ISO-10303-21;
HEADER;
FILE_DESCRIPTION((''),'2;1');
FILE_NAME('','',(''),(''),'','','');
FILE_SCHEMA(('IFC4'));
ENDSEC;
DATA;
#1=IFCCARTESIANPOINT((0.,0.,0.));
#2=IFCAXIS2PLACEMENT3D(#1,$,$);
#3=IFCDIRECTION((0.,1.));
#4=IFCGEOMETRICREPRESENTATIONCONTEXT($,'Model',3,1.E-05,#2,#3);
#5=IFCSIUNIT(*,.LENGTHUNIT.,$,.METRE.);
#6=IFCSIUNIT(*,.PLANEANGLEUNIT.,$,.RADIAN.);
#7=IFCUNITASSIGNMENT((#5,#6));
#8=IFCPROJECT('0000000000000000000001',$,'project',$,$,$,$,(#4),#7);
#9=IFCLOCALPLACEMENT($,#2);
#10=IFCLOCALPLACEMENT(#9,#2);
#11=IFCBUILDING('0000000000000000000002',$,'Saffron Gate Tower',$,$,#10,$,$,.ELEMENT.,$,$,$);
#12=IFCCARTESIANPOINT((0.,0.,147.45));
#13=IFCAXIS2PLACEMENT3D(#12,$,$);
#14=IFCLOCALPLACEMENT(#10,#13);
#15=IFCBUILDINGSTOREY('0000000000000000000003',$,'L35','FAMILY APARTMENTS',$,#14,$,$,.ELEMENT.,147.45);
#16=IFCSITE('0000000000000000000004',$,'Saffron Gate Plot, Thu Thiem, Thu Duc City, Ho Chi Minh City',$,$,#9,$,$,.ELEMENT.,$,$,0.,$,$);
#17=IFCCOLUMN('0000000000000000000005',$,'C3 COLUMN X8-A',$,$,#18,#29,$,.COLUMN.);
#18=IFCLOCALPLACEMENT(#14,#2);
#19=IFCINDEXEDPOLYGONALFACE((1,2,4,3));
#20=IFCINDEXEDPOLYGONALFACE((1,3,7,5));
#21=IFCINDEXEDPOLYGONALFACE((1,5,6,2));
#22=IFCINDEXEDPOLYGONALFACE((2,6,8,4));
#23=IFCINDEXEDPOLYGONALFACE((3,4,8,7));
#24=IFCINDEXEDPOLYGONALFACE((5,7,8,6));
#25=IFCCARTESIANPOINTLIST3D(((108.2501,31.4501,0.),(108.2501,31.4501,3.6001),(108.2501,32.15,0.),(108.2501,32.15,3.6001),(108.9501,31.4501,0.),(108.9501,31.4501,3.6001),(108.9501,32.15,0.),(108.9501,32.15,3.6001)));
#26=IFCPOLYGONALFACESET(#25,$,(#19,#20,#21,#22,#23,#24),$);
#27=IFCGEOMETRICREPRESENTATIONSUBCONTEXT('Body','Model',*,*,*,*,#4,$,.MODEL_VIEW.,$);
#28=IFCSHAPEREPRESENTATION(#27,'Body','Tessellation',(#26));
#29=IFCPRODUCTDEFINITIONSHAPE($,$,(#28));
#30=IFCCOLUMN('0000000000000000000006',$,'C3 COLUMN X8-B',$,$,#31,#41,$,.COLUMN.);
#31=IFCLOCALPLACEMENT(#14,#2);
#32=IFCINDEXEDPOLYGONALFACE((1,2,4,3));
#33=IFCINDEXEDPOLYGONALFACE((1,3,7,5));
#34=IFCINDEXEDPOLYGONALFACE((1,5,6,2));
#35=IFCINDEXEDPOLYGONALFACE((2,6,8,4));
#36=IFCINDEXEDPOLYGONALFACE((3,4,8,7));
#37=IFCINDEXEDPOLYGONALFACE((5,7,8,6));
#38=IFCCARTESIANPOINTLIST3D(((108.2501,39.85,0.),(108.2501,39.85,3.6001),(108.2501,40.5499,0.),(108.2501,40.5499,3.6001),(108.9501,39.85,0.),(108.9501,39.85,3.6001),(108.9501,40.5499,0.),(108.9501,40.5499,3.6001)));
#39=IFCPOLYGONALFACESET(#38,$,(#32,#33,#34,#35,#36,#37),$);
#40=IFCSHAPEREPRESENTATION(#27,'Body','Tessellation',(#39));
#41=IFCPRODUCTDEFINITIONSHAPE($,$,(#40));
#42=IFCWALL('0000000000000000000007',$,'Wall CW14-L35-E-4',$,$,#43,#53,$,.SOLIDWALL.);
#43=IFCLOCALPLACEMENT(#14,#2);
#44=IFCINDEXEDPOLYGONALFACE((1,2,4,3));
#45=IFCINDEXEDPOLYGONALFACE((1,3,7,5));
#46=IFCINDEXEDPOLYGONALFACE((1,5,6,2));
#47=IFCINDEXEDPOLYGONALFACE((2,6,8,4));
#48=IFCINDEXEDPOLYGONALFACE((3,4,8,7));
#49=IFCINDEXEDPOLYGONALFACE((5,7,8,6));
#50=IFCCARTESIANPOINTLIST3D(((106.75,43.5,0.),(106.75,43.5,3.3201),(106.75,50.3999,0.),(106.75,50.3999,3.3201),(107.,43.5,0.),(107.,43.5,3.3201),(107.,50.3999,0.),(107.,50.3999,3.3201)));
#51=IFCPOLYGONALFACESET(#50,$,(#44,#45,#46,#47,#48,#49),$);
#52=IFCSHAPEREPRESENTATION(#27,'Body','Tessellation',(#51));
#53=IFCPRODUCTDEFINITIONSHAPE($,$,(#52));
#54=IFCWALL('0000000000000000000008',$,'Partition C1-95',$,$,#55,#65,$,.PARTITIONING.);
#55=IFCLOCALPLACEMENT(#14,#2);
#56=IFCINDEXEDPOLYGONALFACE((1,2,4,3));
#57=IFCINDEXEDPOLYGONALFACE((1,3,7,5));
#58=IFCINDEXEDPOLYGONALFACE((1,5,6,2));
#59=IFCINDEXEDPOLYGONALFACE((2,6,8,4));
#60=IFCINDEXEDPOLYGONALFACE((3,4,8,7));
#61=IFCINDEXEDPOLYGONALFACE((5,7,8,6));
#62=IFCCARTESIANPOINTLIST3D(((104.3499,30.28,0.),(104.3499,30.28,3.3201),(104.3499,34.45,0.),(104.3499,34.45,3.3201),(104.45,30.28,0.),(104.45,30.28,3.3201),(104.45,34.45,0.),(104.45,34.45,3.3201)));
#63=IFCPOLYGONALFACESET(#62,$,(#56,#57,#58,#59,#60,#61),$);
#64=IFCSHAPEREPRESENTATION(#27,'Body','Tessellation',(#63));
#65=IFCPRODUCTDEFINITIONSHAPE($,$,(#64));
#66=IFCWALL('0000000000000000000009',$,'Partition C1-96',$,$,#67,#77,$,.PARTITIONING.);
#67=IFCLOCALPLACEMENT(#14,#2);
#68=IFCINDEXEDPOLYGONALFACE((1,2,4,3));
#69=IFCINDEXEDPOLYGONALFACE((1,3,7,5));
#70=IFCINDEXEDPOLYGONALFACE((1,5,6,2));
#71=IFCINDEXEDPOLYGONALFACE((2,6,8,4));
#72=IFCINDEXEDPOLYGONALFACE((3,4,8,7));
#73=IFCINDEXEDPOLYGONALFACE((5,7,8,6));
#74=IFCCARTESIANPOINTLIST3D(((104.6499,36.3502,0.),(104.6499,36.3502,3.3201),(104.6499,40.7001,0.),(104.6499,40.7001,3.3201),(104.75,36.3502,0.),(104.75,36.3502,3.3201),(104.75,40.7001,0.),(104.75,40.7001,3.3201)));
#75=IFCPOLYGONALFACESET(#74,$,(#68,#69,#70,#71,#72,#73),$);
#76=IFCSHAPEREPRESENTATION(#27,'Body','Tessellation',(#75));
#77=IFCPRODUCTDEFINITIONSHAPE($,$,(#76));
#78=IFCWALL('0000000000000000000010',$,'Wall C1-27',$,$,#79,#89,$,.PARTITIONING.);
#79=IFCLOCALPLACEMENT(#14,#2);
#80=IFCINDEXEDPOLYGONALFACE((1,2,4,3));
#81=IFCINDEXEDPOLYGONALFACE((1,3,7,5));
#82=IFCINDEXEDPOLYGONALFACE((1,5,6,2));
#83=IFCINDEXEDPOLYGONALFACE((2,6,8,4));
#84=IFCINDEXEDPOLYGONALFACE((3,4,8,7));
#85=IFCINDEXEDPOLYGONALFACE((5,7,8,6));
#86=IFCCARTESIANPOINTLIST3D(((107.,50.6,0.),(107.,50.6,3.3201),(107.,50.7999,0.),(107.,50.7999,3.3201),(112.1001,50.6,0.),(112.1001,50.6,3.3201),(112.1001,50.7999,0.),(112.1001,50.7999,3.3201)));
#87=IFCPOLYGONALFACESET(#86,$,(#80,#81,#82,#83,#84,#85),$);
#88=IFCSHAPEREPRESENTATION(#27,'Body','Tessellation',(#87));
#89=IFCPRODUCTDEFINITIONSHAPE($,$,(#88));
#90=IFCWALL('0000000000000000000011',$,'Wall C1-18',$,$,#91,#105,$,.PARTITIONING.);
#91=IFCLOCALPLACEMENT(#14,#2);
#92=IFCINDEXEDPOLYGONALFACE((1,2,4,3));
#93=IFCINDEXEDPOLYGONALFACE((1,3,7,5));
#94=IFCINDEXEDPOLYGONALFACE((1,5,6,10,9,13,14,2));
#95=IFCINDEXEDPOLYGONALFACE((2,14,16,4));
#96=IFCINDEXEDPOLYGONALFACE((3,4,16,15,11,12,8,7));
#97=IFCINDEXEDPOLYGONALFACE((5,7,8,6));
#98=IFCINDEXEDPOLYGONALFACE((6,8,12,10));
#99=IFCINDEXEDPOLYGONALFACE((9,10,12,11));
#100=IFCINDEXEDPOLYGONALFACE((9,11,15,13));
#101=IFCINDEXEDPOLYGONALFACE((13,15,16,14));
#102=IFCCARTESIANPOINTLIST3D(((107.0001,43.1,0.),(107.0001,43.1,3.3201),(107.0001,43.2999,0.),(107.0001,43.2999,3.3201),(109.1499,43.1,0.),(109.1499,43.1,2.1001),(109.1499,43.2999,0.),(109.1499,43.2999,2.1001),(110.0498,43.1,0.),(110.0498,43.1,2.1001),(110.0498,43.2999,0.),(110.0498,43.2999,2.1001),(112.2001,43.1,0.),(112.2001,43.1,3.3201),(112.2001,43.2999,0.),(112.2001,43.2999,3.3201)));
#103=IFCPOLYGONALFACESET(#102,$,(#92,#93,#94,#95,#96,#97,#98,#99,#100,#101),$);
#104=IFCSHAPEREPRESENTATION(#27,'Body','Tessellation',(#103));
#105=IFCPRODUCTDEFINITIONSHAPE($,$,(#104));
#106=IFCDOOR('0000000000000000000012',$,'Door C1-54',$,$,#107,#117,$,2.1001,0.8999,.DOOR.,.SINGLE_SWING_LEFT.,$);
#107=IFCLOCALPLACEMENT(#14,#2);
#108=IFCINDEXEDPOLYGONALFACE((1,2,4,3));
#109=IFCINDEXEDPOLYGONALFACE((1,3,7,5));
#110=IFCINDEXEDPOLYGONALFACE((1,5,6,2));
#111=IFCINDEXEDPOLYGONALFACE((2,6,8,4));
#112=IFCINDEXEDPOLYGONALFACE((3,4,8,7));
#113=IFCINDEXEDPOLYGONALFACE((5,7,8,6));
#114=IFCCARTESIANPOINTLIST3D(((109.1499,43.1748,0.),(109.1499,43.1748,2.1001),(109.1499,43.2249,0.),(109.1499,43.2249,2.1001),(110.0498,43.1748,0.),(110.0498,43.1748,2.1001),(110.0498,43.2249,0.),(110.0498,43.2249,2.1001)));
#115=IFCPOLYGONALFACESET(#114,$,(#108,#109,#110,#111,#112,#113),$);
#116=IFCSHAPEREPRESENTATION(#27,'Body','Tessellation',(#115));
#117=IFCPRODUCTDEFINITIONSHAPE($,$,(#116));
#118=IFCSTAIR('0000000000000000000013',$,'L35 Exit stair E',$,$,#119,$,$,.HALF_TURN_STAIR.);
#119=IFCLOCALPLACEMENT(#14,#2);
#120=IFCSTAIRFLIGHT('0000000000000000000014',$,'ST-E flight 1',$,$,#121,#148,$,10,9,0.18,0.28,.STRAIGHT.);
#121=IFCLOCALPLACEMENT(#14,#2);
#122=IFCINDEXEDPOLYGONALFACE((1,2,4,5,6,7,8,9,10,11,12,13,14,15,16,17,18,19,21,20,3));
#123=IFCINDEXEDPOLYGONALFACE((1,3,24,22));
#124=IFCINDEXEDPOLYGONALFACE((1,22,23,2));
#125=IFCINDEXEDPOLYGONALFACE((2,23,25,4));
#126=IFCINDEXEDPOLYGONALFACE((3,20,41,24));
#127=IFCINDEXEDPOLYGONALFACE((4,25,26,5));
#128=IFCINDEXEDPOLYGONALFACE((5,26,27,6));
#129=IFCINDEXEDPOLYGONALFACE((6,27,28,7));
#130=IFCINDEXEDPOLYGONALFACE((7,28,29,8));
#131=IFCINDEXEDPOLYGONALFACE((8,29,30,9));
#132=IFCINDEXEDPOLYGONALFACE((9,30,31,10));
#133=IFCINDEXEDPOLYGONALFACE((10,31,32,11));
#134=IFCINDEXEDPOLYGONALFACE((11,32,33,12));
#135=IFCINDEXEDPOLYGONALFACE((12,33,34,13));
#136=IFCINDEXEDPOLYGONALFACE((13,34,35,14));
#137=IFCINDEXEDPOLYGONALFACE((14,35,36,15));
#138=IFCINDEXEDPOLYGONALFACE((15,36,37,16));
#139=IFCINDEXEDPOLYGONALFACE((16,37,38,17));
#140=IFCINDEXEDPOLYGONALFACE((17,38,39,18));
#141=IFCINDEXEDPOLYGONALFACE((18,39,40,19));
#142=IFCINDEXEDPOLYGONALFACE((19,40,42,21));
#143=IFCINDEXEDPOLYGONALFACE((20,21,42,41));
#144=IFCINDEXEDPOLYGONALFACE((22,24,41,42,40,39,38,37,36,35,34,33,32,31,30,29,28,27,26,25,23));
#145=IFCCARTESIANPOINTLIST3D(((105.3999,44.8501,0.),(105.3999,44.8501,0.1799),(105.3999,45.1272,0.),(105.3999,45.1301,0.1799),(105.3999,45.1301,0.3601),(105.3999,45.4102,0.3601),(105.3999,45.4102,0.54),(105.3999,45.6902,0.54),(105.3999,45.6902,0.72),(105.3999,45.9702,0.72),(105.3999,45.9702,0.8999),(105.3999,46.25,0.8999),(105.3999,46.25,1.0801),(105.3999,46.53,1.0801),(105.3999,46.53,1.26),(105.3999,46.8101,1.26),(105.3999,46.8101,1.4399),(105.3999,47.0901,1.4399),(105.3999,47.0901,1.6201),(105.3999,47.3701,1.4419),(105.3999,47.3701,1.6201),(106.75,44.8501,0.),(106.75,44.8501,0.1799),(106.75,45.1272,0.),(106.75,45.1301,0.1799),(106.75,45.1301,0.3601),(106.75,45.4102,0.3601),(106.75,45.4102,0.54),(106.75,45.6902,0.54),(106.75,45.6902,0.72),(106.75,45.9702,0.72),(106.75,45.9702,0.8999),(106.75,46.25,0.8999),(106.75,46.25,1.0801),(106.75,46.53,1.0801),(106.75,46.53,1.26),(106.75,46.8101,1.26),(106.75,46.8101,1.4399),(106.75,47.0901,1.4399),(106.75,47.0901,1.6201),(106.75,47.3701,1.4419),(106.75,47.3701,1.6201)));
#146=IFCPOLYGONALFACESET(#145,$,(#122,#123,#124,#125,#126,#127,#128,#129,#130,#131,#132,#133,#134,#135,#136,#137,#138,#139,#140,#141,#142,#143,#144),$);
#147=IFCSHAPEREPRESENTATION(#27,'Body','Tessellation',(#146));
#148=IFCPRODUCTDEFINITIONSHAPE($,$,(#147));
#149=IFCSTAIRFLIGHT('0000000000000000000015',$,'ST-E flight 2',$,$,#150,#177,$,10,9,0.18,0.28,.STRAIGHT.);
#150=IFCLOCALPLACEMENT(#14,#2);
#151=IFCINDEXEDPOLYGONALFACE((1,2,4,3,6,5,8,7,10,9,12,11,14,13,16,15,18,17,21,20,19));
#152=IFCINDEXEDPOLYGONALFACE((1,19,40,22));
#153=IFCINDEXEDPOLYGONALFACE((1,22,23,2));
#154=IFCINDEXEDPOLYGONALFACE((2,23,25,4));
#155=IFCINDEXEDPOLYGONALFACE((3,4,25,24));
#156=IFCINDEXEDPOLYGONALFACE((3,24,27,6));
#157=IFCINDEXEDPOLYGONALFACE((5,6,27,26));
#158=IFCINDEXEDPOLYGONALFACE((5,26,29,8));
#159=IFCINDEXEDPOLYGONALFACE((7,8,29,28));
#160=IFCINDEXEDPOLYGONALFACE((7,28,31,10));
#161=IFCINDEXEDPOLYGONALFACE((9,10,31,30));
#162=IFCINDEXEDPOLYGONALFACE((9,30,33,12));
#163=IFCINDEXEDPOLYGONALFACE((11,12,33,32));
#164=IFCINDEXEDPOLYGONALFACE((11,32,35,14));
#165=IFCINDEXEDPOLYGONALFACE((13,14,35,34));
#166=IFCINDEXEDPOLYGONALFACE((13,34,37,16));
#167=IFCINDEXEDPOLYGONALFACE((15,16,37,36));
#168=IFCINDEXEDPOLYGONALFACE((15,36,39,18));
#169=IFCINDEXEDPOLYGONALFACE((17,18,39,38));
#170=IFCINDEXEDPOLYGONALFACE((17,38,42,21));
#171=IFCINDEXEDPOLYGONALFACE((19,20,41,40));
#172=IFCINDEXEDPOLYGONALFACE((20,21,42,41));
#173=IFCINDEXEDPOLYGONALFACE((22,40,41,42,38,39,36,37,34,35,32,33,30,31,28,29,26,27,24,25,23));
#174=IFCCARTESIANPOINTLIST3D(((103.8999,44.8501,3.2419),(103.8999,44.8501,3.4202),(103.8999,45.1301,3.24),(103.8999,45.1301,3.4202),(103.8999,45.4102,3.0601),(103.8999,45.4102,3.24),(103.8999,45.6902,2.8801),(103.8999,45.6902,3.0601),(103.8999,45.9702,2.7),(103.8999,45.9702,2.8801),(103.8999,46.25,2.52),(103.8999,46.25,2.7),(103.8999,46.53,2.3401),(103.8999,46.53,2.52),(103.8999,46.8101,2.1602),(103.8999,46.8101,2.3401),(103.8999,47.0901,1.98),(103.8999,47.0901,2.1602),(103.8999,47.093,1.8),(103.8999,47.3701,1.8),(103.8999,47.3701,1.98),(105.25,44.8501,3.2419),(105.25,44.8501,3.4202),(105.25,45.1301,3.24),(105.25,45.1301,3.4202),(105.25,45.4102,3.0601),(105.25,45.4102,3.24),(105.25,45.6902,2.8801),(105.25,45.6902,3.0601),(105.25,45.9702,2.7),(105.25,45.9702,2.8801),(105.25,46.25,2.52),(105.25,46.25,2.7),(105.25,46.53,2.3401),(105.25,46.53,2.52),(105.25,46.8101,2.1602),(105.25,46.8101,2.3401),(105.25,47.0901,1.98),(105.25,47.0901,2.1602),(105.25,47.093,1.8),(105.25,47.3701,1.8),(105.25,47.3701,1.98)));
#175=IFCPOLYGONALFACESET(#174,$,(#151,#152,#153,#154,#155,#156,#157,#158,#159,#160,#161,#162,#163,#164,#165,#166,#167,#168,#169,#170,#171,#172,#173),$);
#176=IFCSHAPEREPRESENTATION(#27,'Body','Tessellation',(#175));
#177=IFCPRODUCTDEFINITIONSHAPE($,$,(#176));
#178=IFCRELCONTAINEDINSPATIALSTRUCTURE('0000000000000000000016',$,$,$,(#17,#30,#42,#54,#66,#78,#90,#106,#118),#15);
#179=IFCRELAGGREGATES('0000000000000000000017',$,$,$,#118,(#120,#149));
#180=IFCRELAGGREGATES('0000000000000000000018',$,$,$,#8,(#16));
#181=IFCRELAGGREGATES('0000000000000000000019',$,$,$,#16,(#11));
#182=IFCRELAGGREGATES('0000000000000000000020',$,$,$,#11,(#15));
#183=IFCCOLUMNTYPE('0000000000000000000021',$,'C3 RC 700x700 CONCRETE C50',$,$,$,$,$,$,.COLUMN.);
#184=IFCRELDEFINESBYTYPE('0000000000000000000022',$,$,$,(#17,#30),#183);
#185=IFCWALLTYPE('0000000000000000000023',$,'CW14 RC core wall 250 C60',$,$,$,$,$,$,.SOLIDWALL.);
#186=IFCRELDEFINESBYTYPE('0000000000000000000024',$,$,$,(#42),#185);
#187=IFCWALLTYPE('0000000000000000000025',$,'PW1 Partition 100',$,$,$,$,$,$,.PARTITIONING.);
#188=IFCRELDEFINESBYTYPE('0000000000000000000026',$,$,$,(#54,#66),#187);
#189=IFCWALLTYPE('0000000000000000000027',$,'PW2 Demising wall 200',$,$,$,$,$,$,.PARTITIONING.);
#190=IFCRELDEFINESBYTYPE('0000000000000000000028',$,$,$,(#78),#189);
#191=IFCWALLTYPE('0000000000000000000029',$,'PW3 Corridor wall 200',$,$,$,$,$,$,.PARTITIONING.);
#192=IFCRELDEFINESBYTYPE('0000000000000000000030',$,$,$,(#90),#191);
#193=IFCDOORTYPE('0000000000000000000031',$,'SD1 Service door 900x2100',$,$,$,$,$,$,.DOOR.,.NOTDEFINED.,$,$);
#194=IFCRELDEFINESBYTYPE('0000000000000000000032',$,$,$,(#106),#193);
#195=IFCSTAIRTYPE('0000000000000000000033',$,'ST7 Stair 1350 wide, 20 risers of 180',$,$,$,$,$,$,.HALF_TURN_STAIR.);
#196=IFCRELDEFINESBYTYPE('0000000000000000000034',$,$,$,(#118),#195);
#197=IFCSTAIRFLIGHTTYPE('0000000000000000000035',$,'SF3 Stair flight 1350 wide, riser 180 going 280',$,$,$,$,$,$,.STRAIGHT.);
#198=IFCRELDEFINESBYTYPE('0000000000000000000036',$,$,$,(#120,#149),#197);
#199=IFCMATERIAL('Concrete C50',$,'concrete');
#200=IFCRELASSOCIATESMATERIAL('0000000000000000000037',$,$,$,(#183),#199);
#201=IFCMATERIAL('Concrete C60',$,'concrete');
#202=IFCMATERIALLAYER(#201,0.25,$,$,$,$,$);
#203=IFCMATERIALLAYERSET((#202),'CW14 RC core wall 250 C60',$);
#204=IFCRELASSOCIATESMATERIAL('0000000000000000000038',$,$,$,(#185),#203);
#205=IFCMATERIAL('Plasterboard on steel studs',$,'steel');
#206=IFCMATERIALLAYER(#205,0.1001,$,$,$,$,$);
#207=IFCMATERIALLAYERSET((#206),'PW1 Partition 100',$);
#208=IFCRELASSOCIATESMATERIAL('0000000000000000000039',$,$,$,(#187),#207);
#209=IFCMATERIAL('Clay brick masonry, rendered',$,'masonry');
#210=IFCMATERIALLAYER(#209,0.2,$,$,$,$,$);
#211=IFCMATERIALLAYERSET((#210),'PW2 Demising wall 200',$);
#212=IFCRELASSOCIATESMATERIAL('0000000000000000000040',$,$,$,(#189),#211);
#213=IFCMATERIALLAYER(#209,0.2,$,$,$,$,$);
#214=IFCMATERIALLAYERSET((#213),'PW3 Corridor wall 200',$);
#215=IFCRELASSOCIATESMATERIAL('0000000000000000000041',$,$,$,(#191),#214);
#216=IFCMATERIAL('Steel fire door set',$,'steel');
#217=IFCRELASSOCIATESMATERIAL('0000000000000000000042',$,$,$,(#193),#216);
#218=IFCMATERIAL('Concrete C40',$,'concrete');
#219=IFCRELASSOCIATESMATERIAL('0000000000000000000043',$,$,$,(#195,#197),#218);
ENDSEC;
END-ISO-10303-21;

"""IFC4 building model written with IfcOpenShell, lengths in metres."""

from ifc_helpers import new_model, si_unit, direction, frame, frame_2d, origin, origin_2d, place, context, subcontext, project, spatial, polyline, rectangle, outline, extrude, material, layer, layer_set, material_profile, profile_set, type_object, element, fill, aggregate, save


model = new_model("IFC4")

# Units and contexts
model_context = context("Model", 3, precision=1e-05, world=origin(), true_north=direction((0.0, 1.0)))
body_context = subcontext(model_context, "Body", "Model", "MODEL_VIEW")
ifc_project = project(units=[si_unit("LENGTHUNIT", "METRE"), si_unit("PLANEANGLEUNIT", "RADIAN")], contexts=[model_context])

# Site, building, storey
site_placement = place(None, origin())
site = spatial("IfcSite", under=ifc_project, at=site_placement, Name="Saffron Gate Plot, Thu Thiem, Thu Duc City, Ho Chi Minh City", CompositionType="ELEMENT", RefElevation=0.0)
building_placement = place(site_placement, origin())
building = spatial("IfcBuilding", under=site, at=building_placement, Name="Saffron Gate Tower", CompositionType="ELEMENT")
storey_placement = place(building_placement, frame((0.0, 0.0, 147.45)))
storey = spatial("IfcBuildingStorey", under=building, at=storey_placement, Name="L35", Description="FAMILY APARTMENTS", CompositionType="ELEMENT", Elevation=147.45)

# Columns
ifc_material_1 = material(Name="Concrete C50", Category="concrete")
ifc_material_profile = material_profile(ifc_material_1, rectangle(XDim=0.7, YDim=0.7, at=origin_2d()))
ifc_profile_set = profile_set([ifc_material_profile], Name="Concrete C50")
column_type = type_object("IfcColumnType", Name="C3 RC 700x700 CONCRETE C50", PredefinedType="COLUMN", material=ifc_profile_set)
for number, where, z_axis, x_axis, name in (
    (1, (108.6001, 31.8, 0.0), (0.0, 0.0, 1.0), (1.0, 0.0, 0.0), "C3 COLUMN X8-A"),
    (2, (108.6001, 40.2, 0.0), (0.0, 0.0, 1.0), (1.0, 0.0, 0.0), "C3 COLUMN X8-B"),
):
    element("IfcColumn", number, at=place(storey_placement, frame(where, z_axis=z_axis, x_axis=x_axis)), inside=storey, type_object=column_type, Name=name, PredefinedType="COLUMN", context=body_context, shape_type="SweptSolid", body=[
        extrude(rectangle(XDim=0.7, YDim=0.7, at=origin_2d()), origin(), (0.0, 0.0, 1.0), 3.6001),
    ])

# Walls
ifc_material_2 = material(Name="Concrete C60", Category="concrete")
ifc_layer_1 = layer(ifc_material_2, 0.25)
ifc_layer_set_1 = layer_set([ifc_layer_1], Name="CW14 RC core wall 250 C60")
wall_type_1 = type_object("IfcWallType", Name="CW14 RC core wall 250 C60", PredefinedType="SOLIDWALL", material=ifc_layer_set_1)
wall_1_placement = place(storey_placement, frame((106.875, 43.5, 0.0), z_axis=(0.0, 0.0, 1.0), x_axis=(0.0, 1.0, 0.0)))
element("IfcWall", 3, at=wall_1_placement, inside=storey, type_object=wall_type_1, Name="Wall CW14-L35-E-4", PredefinedType="SOLIDWALL", context=body_context, shape_type="SweptSolid", body=[
    extrude(rectangle(XDim=6.8999, YDim=0.25, at=frame_2d((3.45, 0.0))), origin(), (0.0, 0.0, 1.0), 3.3201),
])
ifc_material_3 = material(Name="Plasterboard on steel studs", Category="steel")
ifc_layer_2 = layer(ifc_material_3, 0.1001)
ifc_layer_set_2 = layer_set([ifc_layer_2], Name="PW1 Partition 100")
wall_type_2 = type_object("IfcWallType", Name="PW1 Partition 100", PredefinedType="PARTITIONING", material=ifc_layer_set_2)
wall_2_placement = place(storey_placement, frame((104.3999, 34.45, 0.0), z_axis=(0.0, 0.0, 1.0), x_axis=(0.0, -1.0, 0.0)))
element("IfcWall", 4, at=wall_2_placement, inside=storey, type_object=wall_type_2, Name="Partition C1-95", PredefinedType="PARTITIONING", context=body_context, shape_type="SweptSolid", body=[
    extrude(rectangle(XDim=4.1699, YDim=0.1001, at=frame_2d((2.085, 0.0))), origin(), (0.0, 0.0, 1.0), 3.3201),
])
wall_3_placement = place(storey_placement, frame((104.7, 40.7, 0.0), z_axis=(0.0, 0.0, 1.0), x_axis=(0.0, -1.0, 0.0)))
element("IfcWall", 5, at=wall_3_placement, inside=storey, type_object=wall_type_2, Name="Partition C1-96", PredefinedType="PARTITIONING", context=body_context, shape_type="SweptSolid", body=[
    extrude(rectangle(XDim=4.3499, YDim=0.1001, at=frame_2d((2.1748, 0.0))), origin(), (0.0, 0.0, 1.0), 3.3201),
])
ifc_material_4 = material(Name="Clay brick masonry, rendered", Category="masonry")
ifc_layer_3 = layer(ifc_material_4, 0.2)
ifc_layer_set_3 = layer_set([ifc_layer_3], Name="PW2 Demising wall 200")
wall_type_3 = type_object("IfcWallType", Name="PW2 Demising wall 200", PredefinedType="PARTITIONING", material=ifc_layer_set_3)
wall_4_placement = place(storey_placement, frame((107.0, 50.7, 0.0), z_axis=(0.0, 0.0, 1.0), x_axis=(1.0, 0.0, 0.0)))
element("IfcWall", 6, at=wall_4_placement, inside=storey, type_object=wall_type_3, Name="Wall C1-27", PredefinedType="PARTITIONING", context=body_context, shape_type="SweptSolid", body=[
    extrude(rectangle(XDim=5.1001, YDim=0.2, at=frame_2d((2.55, 0.0))), origin(), (0.0, 0.0, 1.0), 3.3201),
])

# Wall, opening, door
ifc_layer_4 = layer(ifc_material_4, 0.2)
ifc_layer_set_4 = layer_set([ifc_layer_4], Name="PW3 Corridor wall 200")
wall_type_4 = type_object("IfcWallType", Name="PW3 Corridor wall 200", PredefinedType="PARTITIONING", material=ifc_layer_set_4)
wall_5_placement = place(storey_placement, frame((107.0, 43.2, 0.0), z_axis=(0.0, 0.0, 1.0), x_axis=(1.0, 0.0, 0.0)))
wall_5 = element("IfcWall", 7, at=wall_5_placement, inside=storey, type_object=wall_type_4, Name="Wall C1-18", PredefinedType="PARTITIONING", context=body_context, shape_type="SweptSolid", body=[
    extrude(rectangle(XDim=5.2, YDim=0.2, at=frame_2d((2.6001, 0.0))), origin(), (0.0, 0.0, 1.0), 3.3201),
])
opening_placement = place(wall_5_placement, frame((2.1499, 0.0, 0.0)))
opening = element("IfcOpeningElement", 8, at=opening_placement, cuts=wall_5, PredefinedType="OPENING", context=body_context, shape_type="SweptSolid", body=[
    extrude(rectangle(XDim=0.8999, YDim=2.1001, at=frame_2d((0.45, 1.05))), frame((0.0, 0.1099, 0.0), z_axis=(0.0, -1.0, 0.0), x_axis=(1.0, 0.0, 0.0)), (0.0, 0.0, 1.0), 0.22),
])
ifc_material_5 = material(Name="Steel fire door set", Category="steel")
door_type = type_object("IfcDoorType", Name="SD1 Service door 900x2100", OperationType="NOTDEFINED", PredefinedType="DOOR", material=ifc_material_5)
door_placement = place(opening_placement, origin())
door = element("IfcDoor", 9, at=door_placement, inside=storey, type_object=door_type, Name="Door C1-54", OperationType="SINGLE_SWING_LEFT", OverallHeight=2.1001, OverallWidth=0.8999, PredefinedType="DOOR", context=body_context, shape_type="SweptSolid", body=[
    extrude(rectangle(XDim=0.8999, YDim=2.1001, at=frame_2d((0.45, 1.05))), frame((0.0, 0.0249, 0.0), z_axis=(0.0, -1.0, 0.0), x_axis=(1.0, 0.0, 0.0)), (0.0, 0.0, 1.0), 0.05),
])
fill(opening, door)

# Stair, stair flights
ifc_material_6 = material(Name="Concrete C40", Category="concrete")
stair_type = type_object("IfcStairType", Name="ST7 Stair 1350 wide, 20 risers of 180", PredefinedType="HALF_TURN_STAIR", material=ifc_material_6)
stair_placement = place(storey_placement, origin())
stair = element("IfcStair", 10, at=stair_placement, inside=storey, type_object=stair_type, Name="L35 Exit stair E", PredefinedType="HALF_TURN_STAIR")
stair_flight_type = type_object("IfcStairFlightType", Name="SF3 Stair flight 1350 wide, riser 180 going 280", PredefinedType="STRAIGHT", material=ifc_material_6)
stair_flight_1_placement = place(storey_placement, frame((106.075, 44.8501, 0.0), z_axis=(0.0, 0.0, 1.0), x_axis=(0.0, 1.0, 0.0)))
stair_flight_1 = element("IfcStairFlight", 11, at=stair_flight_1_placement, type_object=stair_flight_type, Name="ST-E flight 1", NumberOfRisers=10, NumberOfTreads=9, PredefinedType="STRAIGHT", RiserHeight=0.18, TreadLength=0.28, context=body_context, shape_type="SweptSolid", body=[
    extrude(outline(polyline([(0.0, 0.0), (0.0, 0.1799), (0.28, 0.1799), (0.28, 0.3601), (0.5601, 0.3601), (0.5601, 0.54), (0.8401, 0.54), (0.8401, 0.72), (1.1201, 0.72), (1.1201, 0.8999), (1.3999, 0.8999), (1.3999, 1.0801), (1.6799, 1.0801), (1.6799, 1.26), (1.96, 1.26), (1.96, 1.4399), (2.24, 1.4399), (2.24, 1.6201), (2.52, 1.6201), (2.52, 1.8), (2.52, 1.4419), (0.2771, 0.0), (0.0, 0.0)])), frame((0.0, 0.675, 0.0), z_axis=(0.0, -1.0, 0.0), x_axis=(1.0, 0.0, 0.0)), (0.0, 0.0, 1.0), 1.3501),
])
stair_flight_2_placement = place(storey_placement, frame((104.575, 47.3701, 1.8), z_axis=(0.0, 0.0, 1.0), x_axis=(0.0, -1.0, 0.0)))
stair_flight_2 = element("IfcStairFlight", 12, at=stair_flight_2_placement, type_object=stair_flight_type, Name="ST-E flight 2", NumberOfRisers=10, NumberOfTreads=9, PredefinedType="STRAIGHT", RiserHeight=0.18, TreadLength=0.28, context=body_context, shape_type="SweptSolid", body=[
    extrude(outline(polyline([(0.0, 0.0), (0.0, 0.1799), (0.28, 0.1799), (0.28, 0.3601), (0.5601, 0.3601), (0.5601, 0.54), (0.8401, 0.54), (0.8401, 0.72), (1.1201, 0.72), (1.1201, 0.8999), (1.3999, 0.8999), (1.3999, 1.0801), (1.6799, 1.0801), (1.6799, 1.26), (1.96, 1.26), (1.96, 1.4399), (2.24, 1.4399), (2.24, 1.6201), (2.52, 1.6201), (2.52, 1.8), (2.52, 1.4419), (0.2771, 0.0), (0.0, 0.0)])), frame((0.0, 0.675, 0.0), z_axis=(0.0, -1.0, 0.0), x_axis=(1.0, 0.0, 0.0)), (0.0, 0.0, 1.0), 1.3501),
])
aggregate(stair, [stair_flight_1, stair_flight_2])

save(model, "model.ifc")
